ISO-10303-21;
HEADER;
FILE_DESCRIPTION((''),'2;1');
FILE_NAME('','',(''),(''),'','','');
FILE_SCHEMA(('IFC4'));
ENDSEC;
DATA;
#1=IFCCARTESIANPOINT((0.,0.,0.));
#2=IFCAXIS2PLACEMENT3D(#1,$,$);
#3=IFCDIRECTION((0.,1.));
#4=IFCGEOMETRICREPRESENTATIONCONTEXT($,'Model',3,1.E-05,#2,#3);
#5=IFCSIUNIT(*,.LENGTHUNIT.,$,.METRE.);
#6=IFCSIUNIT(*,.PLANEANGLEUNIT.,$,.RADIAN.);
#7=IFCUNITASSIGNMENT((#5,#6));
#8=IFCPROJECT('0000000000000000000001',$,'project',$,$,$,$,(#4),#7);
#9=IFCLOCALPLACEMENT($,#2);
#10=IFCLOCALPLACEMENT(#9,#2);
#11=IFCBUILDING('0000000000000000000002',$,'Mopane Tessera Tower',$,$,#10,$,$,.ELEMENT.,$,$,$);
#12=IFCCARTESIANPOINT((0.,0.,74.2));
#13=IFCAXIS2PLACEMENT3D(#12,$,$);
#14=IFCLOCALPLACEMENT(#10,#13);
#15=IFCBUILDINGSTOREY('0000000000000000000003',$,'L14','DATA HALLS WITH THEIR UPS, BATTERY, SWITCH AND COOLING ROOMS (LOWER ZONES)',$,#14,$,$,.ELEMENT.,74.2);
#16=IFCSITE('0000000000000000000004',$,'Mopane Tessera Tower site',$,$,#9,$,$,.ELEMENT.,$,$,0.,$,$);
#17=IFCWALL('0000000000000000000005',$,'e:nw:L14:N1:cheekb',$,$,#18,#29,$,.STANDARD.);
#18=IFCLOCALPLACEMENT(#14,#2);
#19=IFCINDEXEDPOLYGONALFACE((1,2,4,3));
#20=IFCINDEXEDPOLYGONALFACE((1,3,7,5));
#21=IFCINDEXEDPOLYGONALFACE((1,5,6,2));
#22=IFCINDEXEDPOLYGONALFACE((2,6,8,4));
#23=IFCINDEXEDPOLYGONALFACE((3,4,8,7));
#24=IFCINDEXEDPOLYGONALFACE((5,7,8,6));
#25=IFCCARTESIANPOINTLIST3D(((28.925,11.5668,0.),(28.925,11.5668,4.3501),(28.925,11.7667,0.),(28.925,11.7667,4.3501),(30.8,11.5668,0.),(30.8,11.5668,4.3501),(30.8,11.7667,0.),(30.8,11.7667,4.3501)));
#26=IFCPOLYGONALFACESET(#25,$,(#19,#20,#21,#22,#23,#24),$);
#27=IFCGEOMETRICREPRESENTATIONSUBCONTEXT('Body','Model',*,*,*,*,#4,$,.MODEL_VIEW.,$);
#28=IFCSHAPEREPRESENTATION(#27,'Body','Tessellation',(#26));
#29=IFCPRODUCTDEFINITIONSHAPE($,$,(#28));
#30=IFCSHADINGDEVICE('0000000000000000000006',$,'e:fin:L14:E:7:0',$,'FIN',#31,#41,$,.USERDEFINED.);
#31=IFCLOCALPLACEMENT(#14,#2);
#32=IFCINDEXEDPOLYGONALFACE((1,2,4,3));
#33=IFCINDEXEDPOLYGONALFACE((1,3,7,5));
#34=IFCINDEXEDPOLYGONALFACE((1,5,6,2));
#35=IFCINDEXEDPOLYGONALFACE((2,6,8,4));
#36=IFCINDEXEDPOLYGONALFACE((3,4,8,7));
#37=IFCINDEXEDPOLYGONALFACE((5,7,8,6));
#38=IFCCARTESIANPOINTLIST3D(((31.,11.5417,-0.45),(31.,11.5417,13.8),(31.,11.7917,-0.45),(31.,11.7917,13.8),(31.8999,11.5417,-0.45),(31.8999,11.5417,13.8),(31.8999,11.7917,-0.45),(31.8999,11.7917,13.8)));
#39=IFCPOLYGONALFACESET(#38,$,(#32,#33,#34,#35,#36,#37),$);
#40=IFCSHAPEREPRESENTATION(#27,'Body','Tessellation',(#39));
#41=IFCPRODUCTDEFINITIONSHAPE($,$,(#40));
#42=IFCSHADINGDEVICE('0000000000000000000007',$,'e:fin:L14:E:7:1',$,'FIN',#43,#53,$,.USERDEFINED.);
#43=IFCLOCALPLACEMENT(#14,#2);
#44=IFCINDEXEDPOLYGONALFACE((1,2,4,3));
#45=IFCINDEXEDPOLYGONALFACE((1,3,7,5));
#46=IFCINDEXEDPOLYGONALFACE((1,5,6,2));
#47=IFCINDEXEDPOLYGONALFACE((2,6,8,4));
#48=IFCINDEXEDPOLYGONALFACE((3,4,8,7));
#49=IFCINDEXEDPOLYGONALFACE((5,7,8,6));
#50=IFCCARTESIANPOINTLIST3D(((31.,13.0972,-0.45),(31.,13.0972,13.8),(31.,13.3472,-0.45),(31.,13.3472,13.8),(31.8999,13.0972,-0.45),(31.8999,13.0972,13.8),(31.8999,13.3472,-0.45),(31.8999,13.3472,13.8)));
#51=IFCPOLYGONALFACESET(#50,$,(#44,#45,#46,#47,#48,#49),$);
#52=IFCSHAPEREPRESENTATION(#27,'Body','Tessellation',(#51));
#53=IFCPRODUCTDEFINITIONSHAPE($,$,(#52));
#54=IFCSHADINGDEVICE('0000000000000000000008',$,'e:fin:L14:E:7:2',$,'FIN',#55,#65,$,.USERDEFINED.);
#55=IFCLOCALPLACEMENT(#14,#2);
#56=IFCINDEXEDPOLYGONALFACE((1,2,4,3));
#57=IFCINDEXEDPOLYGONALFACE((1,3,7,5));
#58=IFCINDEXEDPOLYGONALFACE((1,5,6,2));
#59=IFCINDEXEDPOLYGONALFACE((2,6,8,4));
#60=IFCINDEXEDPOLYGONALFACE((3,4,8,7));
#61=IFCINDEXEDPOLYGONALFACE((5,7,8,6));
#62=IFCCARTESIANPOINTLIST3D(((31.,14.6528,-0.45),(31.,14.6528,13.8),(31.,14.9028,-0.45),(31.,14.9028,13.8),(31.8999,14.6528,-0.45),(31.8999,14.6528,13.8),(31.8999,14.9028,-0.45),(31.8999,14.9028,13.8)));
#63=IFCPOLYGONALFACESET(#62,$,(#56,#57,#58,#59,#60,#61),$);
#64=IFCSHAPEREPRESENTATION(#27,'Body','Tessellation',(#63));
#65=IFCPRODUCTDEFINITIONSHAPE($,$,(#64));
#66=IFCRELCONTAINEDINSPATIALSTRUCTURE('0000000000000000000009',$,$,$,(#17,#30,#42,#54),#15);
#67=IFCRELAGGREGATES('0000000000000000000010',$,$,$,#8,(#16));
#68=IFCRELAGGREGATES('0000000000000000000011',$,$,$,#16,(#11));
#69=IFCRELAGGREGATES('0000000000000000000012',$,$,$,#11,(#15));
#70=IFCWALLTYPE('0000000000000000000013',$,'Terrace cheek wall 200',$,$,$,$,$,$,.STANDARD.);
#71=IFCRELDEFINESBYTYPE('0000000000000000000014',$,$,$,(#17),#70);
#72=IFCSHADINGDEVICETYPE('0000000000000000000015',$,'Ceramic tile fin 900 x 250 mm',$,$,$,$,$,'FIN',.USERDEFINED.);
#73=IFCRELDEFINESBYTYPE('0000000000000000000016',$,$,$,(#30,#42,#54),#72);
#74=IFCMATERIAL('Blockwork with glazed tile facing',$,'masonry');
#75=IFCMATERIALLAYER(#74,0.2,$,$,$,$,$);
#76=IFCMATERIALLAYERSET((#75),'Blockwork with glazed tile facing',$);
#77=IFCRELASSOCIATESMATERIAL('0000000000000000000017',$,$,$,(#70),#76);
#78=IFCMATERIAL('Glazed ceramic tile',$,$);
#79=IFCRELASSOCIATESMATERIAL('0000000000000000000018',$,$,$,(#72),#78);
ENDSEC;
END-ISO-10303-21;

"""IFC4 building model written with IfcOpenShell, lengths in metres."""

from ifc_helpers import new_model, si_unit, direction, frame, frame_2d, origin, origin_2d, place, context, subcontext, project, spatial, rectangle, extrude, material, layer, layer_set, type_object, element, save


model = new_model("IFC4")

# Units and contexts
model_context = context("Model", 3, precision=1e-05, world=origin(), true_north=direction((0.0, 1.0)))
body_context = subcontext(model_context, "Body", "Model", "MODEL_VIEW")
ifc_project = project(units=[si_unit("LENGTHUNIT", "METRE"), si_unit("PLANEANGLEUNIT", "RADIAN")], contexts=[model_context])

# Site, building, storey
site_placement = place(None, origin())
site = spatial("IfcSite", under=ifc_project, at=site_placement, Name="Mopane Tessera Tower site", CompositionType="ELEMENT", RefElevation=0.0)
building_placement = place(site_placement, origin())
building = spatial("IfcBuilding", under=site, at=building_placement, Name="Mopane Tessera Tower", CompositionType="ELEMENT")
storey_placement = place(building_placement, frame((0.0, 0.0, 74.2)))
storey = spatial("IfcBuildingStorey", under=building, at=storey_placement, Name="L14", Description="DATA HALLS WITH THEIR UPS, BATTERY, SWITCH AND COOLING ROOMS (LOWER ZONES)", CompositionType="ELEMENT", Elevation=74.2)

# Wall
ifc_material_1 = material(Name="Blockwork with glazed tile facing", Category="masonry")
ifc_layer_1 = layer(ifc_material_1, 0.2)
ifc_layer_set_1 = layer_set([ifc_layer_1], Name="Blockwork with glazed tile facing")
wall_type_1 = type_object("IfcWallType", Name="Terrace cheek wall 200", PredefinedType="STANDARD", material=ifc_layer_set_1)
wall_1_placement = place(storey_placement, frame((30.8, 11.6667, 0.0), z_axis=(0.0, 0.0, 1.0), x_axis=(-1.0, 0.0, 0.0)))
element("IfcWall", 1, at=wall_1_placement, inside=storey, type_object=wall_type_1, Name="e:nw:L14:N1:cheekb", PredefinedType="STANDARD", context=body_context, shape_type="SweptSolid", body=[
    extrude(rectangle(XDim=1.875, YDim=0.2, at=frame_2d((0.9375, 0.0))), origin(), (0.0, 0.0, 1.0), 4.3501),
])

# Shading devices
ifc_material_2 = material(Name="Glazed ceramic tile")
shading_device_type = type_object("IfcShadingDeviceType", Name="Ceramic tile fin 900 x 250 mm", ElementType="FIN", PredefinedType="USERDEFINED", material=ifc_material_2)
for number, where, z_axis, x_axis, name in (
    (2, (31.45, 11.6667, -0.45), (0.0, 0.0, 1.0), (0.0, 1.0, 0.0), "e:fin:L14:E:7:0"),
    (3, (31.45, 13.2222, -0.45), (0.0, 0.0, 1.0), (0.0, 1.0, 0.0), "e:fin:L14:E:7:1"),
    (4, (31.45, 14.7778, -0.45), (0.0, 0.0, 1.0), (0.0, 1.0, 0.0), "e:fin:L14:E:7:2"),
):
    element("IfcShadingDevice", number, at=place(storey_placement, frame(where, z_axis=z_axis, x_axis=x_axis)), inside=storey, type_object=shading_device_type, Name=name, ObjectType="FIN", PredefinedType="USERDEFINED", context=body_context, shape_type="SweptSolid", body=[
        extrude(rectangle(XDim=0.25, YDim=0.8999, at=origin_2d()), origin(), (0.0, 0.0, 1.0), 14.25),
    ])

save(model, "model.ifc")
